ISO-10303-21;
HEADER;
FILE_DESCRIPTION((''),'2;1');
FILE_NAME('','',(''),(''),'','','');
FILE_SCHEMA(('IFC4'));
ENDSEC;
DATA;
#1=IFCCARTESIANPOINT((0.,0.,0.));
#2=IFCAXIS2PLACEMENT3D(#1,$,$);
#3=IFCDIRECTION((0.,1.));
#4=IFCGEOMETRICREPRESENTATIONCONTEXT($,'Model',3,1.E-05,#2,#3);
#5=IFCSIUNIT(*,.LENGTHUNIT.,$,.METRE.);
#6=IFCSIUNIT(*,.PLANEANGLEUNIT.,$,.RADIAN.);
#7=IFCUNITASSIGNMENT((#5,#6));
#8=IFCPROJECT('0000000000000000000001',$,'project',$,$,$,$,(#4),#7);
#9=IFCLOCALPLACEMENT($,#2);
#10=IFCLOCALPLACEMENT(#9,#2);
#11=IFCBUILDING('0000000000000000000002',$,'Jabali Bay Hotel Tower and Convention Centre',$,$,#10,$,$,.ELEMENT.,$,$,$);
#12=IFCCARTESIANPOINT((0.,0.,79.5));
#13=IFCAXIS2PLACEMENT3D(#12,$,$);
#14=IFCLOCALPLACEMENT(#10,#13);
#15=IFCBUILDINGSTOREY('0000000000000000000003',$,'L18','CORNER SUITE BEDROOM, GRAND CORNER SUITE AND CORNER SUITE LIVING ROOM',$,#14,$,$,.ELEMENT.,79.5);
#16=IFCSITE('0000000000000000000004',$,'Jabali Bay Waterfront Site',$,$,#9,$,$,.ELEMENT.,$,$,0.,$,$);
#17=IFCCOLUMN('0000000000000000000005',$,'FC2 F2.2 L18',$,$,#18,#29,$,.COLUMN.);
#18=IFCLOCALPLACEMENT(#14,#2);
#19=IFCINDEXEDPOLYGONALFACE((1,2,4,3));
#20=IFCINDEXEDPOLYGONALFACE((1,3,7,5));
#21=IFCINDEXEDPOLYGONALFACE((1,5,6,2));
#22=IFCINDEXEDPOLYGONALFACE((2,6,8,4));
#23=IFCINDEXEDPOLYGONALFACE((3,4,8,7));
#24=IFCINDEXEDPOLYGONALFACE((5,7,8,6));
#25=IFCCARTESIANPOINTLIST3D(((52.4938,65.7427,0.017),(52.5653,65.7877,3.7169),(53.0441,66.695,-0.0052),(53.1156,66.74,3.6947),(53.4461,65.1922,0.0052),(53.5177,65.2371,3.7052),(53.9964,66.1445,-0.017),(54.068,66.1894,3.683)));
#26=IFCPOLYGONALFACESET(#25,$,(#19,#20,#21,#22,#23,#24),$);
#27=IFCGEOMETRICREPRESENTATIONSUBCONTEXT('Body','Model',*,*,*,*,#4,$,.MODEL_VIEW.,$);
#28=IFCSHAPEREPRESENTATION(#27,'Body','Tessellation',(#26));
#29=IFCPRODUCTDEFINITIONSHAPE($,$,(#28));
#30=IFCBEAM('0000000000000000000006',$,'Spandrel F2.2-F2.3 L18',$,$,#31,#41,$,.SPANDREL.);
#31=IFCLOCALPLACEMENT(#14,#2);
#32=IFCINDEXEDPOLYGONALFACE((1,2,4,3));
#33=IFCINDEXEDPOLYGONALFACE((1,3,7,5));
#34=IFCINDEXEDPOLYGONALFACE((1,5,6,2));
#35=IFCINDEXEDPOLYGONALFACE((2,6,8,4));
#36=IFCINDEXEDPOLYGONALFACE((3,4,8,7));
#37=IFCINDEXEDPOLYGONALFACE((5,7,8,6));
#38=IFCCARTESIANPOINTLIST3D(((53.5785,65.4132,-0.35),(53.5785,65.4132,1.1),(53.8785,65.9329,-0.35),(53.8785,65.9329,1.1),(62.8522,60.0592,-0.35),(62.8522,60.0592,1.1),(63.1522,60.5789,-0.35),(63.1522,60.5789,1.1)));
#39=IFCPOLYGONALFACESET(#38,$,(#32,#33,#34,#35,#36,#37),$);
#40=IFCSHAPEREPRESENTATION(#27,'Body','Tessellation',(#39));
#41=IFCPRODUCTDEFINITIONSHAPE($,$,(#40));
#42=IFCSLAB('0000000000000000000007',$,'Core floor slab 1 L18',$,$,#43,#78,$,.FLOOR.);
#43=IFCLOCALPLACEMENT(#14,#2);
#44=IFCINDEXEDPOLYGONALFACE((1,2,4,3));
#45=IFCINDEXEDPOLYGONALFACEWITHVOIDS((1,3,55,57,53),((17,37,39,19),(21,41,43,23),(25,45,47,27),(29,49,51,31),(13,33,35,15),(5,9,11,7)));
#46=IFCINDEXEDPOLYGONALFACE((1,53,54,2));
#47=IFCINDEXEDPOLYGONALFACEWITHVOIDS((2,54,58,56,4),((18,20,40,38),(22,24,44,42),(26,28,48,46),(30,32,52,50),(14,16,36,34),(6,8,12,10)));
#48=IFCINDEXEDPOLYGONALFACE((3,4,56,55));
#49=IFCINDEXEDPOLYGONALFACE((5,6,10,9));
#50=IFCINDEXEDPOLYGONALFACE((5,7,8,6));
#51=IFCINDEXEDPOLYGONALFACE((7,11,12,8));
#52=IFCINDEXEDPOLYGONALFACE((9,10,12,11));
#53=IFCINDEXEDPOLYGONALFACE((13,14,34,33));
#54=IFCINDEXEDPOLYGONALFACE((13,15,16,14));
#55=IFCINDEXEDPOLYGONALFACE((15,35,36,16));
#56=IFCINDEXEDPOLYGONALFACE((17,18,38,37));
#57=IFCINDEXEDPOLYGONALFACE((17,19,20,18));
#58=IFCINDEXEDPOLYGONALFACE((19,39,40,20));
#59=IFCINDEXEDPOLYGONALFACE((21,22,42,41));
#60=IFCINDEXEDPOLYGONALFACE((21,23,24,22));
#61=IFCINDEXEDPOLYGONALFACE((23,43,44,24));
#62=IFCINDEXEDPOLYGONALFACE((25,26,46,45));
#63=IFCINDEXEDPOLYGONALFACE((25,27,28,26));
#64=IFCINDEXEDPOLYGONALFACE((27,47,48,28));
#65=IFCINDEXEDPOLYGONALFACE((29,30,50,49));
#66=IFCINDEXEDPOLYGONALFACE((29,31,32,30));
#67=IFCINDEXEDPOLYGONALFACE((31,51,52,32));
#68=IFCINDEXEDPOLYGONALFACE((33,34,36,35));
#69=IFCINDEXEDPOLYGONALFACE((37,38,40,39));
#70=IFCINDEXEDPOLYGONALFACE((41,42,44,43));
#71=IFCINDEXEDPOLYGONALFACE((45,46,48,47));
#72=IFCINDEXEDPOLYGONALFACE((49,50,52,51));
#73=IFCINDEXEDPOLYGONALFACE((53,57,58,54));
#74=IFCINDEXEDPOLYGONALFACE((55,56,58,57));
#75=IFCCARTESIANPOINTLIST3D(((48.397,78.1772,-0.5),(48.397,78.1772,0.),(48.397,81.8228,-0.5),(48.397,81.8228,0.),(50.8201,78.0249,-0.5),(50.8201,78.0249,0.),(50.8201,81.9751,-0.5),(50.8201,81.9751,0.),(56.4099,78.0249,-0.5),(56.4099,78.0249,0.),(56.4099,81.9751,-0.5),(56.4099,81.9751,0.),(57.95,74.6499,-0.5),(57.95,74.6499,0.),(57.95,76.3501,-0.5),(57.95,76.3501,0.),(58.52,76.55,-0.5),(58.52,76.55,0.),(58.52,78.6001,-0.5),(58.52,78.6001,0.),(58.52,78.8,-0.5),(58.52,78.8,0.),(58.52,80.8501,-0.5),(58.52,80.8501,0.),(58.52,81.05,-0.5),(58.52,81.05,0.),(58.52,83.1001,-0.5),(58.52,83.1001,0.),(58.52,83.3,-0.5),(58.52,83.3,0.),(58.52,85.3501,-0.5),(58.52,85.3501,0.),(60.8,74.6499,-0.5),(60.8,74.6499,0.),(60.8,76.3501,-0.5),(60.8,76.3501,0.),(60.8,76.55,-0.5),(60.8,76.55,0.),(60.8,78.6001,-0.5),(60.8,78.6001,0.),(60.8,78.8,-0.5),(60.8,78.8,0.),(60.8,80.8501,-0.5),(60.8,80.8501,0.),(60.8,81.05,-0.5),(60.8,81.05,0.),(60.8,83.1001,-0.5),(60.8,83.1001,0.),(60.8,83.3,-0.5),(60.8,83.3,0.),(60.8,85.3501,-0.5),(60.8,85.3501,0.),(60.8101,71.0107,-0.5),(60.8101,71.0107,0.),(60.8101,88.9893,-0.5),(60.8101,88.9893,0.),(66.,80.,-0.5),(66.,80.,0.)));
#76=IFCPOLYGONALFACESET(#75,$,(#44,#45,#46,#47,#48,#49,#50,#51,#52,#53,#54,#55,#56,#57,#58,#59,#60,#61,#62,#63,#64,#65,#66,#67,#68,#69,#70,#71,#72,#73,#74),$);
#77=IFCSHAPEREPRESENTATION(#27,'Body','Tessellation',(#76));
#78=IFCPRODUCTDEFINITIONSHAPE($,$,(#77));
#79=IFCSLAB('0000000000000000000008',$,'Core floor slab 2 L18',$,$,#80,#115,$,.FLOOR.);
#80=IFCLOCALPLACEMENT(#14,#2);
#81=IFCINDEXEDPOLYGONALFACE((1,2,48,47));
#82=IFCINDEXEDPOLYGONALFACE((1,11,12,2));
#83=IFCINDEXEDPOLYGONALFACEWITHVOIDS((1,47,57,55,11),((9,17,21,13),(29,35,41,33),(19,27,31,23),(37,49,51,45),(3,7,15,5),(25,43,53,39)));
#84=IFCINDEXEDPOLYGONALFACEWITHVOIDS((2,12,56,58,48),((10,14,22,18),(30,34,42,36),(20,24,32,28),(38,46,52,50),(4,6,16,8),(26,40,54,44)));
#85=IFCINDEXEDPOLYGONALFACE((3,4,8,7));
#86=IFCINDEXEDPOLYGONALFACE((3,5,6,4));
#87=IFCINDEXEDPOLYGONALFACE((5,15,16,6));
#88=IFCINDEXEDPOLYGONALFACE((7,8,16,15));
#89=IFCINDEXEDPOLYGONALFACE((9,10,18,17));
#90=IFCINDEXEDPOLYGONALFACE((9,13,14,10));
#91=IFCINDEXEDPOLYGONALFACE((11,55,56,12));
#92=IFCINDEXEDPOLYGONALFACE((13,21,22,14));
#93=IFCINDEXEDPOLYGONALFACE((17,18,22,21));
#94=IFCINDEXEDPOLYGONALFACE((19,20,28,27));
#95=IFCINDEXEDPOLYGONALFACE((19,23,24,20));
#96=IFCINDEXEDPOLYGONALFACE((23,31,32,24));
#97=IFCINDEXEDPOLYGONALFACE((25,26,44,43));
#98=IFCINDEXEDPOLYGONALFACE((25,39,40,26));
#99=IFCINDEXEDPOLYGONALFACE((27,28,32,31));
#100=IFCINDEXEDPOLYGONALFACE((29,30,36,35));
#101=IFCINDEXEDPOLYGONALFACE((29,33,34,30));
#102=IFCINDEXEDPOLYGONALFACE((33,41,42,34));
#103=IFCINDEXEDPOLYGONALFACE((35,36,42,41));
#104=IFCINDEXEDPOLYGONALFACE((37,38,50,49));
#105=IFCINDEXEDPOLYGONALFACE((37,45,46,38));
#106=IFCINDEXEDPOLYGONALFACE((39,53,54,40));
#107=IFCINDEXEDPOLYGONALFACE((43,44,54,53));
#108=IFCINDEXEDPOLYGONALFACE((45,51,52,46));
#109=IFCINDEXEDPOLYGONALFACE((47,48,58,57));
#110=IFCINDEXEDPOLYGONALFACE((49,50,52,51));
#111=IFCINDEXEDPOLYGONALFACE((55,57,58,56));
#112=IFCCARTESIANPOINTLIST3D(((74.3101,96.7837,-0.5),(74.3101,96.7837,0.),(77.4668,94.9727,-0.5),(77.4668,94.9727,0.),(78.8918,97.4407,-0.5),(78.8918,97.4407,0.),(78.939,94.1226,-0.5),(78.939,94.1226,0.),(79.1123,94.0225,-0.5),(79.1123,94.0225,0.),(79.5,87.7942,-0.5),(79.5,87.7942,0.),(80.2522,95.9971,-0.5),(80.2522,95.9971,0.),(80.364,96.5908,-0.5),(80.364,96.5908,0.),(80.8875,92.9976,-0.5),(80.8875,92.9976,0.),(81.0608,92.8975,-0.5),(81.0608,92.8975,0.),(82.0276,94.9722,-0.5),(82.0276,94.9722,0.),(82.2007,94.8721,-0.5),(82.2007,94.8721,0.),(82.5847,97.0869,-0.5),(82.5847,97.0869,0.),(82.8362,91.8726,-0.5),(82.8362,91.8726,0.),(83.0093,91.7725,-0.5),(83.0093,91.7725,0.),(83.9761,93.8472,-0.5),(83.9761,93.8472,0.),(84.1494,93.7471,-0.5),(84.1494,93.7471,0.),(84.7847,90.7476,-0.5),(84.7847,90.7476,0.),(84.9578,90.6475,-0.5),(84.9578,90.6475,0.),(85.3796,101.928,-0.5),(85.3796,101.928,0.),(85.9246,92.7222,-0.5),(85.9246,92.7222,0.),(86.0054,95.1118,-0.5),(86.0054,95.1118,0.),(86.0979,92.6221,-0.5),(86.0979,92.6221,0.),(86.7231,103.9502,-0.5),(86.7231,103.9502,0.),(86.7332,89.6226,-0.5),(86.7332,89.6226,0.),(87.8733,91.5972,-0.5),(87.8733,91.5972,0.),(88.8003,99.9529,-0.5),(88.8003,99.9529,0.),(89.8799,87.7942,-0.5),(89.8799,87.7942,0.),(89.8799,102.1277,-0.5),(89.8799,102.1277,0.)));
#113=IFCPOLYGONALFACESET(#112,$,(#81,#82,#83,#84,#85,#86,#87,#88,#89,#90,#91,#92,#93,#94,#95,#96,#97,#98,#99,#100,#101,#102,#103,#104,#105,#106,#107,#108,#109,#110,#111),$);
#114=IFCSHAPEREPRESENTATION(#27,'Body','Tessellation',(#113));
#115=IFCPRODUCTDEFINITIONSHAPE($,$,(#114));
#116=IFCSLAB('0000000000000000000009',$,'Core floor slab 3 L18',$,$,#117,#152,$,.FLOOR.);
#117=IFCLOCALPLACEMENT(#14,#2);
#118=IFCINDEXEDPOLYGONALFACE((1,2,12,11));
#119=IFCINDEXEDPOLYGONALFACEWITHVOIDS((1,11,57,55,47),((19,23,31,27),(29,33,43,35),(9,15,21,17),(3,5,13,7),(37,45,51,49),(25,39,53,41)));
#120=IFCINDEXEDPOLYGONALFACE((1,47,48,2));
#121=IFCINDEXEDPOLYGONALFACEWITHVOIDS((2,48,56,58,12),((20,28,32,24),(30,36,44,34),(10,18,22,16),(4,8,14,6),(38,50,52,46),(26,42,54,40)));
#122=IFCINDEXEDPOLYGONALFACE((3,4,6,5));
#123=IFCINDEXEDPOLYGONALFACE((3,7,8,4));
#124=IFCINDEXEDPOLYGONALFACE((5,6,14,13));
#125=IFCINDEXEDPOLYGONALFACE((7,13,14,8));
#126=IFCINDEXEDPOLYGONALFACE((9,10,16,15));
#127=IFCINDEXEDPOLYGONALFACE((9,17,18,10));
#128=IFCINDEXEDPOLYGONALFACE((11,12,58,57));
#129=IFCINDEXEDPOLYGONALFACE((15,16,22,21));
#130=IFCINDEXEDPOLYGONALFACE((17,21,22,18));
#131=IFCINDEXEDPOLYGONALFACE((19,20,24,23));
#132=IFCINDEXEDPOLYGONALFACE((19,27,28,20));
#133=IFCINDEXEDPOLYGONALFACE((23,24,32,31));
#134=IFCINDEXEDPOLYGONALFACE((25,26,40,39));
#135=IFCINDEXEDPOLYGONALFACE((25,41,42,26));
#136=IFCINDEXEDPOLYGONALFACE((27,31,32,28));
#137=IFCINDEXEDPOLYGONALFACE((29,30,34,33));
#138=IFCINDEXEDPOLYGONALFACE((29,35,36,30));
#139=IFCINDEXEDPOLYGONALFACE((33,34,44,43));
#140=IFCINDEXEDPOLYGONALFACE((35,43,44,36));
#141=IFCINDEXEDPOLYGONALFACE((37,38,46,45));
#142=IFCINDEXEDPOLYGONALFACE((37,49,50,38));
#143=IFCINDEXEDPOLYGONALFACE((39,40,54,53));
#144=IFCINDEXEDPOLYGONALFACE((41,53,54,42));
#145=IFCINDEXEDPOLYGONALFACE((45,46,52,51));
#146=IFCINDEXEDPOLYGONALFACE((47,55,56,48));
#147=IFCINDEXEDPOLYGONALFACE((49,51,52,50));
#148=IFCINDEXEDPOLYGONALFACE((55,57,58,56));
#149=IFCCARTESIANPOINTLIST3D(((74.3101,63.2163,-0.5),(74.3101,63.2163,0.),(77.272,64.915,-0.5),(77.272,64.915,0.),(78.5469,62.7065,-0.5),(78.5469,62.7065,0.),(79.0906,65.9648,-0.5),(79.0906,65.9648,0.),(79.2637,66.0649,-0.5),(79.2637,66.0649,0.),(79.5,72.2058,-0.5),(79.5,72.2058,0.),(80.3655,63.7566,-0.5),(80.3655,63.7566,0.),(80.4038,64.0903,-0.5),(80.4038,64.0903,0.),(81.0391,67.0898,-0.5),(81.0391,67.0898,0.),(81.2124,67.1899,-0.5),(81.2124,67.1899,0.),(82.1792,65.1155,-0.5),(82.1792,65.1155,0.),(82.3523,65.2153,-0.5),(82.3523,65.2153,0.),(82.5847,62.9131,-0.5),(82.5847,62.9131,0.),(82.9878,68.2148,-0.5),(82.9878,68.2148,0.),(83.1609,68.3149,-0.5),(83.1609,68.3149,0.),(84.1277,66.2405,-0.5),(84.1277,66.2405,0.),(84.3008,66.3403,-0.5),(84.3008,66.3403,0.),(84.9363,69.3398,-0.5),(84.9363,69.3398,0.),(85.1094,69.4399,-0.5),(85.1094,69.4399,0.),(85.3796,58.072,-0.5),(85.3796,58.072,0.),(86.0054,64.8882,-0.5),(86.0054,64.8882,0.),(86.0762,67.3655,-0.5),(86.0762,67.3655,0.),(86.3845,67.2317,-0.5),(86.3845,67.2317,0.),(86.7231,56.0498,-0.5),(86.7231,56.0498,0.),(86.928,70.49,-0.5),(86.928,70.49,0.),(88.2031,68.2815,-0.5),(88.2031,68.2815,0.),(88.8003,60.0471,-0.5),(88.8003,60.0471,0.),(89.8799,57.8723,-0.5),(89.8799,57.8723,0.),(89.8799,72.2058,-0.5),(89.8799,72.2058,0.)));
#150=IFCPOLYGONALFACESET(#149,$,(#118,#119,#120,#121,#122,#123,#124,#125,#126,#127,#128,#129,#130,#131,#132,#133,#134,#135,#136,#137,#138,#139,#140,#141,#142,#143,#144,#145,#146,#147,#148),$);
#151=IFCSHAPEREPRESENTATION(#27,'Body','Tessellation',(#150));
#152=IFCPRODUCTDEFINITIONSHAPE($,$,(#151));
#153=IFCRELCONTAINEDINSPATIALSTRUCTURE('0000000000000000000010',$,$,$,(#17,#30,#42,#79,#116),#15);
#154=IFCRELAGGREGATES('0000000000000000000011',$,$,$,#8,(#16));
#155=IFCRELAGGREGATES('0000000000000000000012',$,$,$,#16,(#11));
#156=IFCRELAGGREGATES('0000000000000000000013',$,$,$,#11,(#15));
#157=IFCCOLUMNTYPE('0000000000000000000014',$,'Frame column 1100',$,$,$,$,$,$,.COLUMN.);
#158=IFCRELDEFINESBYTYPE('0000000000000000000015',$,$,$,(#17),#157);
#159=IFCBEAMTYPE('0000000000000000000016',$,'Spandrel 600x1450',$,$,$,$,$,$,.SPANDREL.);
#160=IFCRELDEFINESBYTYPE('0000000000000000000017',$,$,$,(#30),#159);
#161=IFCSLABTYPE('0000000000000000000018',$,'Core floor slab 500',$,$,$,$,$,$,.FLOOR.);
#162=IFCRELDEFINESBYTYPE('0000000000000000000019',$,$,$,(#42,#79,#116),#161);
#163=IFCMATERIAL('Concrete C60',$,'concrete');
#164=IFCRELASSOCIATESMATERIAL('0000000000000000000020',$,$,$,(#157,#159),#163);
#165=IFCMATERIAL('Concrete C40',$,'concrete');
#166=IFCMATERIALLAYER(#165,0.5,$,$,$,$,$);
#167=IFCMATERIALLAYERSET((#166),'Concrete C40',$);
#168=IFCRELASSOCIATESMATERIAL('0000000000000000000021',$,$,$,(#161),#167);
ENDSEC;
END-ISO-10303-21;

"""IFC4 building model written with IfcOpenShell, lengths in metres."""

from ifc_helpers import new_model, si_unit, direction, frame, origin, origin_2d, place, context, subcontext, project, spatial, polyline, rectangle, outline, extrude, material, layer, layer_set, material_profile, profile_set, type_object, element, save


model = new_model("IFC4")

# Units and contexts
model_context = context("Model", 3, precision=1e-05, world=origin(), true_north=direction((0.0, 1.0)))
body_context = subcontext(model_context, "Body", "Model", "MODEL_VIEW")
ifc_project = project(units=[si_unit("LENGTHUNIT", "METRE"), si_unit("PLANEANGLEUNIT", "RADIAN")], contexts=[model_context])

# Site, building, storey
site_placement = place(None, origin())
site = spatial("IfcSite", under=ifc_project, at=site_placement, Name="Jabali Bay Waterfront Site", CompositionType="ELEMENT", RefElevation=0.0)
building_placement = place(site_placement, origin())
building = spatial("IfcBuilding", under=site, at=building_placement, Name="Jabali Bay Hotel Tower and Convention Centre", CompositionType="ELEMENT")
storey_placement = place(building_placement, frame((0.0, 0.0, 79.5)))
storey = spatial("IfcBuildingStorey", under=building, at=storey_placement, Name="L18", Description="CORNER SUITE BEDROOM, GRAND CORNER SUITE AND CORNER SUITE LIVING ROOM", CompositionType="ELEMENT", Elevation=79.5)

# Column
ifc_material_1 = material(Name="Concrete C60", Category="concrete")
ifc_material_profile_1 = material_profile(ifc_material_1, rectangle(XDim=1.1001, YDim=1.1001, at=origin_2d()), Name="Frame column 1100")
ifc_profile_set_1 = profile_set([ifc_material_profile_1], Name="Concrete C60")
column_type = type_object("IfcColumnType", Name="Frame column 1100", PredefinedType="COLUMN", material=ifc_profile_set_1)
column_placement = place(storey_placement, frame((53.2451, 65.9436, 0.0), z_axis=(0.019329, 0.012138, 0.99974), x_axis=(-0.865686, 0.500474, 0.01066)))
element("IfcColumn", 1, at=column_placement, inside=storey, type_object=column_type, Name="FC2 F2.2 L18", PredefinedType="COLUMN", context=body_context, shape_type="SweptSolid", body=[
    extrude(rectangle(XDim=1.1001, YDim=1.1001, at=origin_2d()), origin(), (0.0, 0.0, 1.0), 3.7009),
])

# Beam
ifc_material_profile_2 = material_profile(ifc_material_1, rectangle(XDim=0.6001, YDim=1.45, at=origin_2d()), Name="Spandrel 600x1450")
ifc_profile_set_2 = profile_set([ifc_material_profile_2], Name="Concrete C60")
beam_type = type_object("IfcBeamType", Name="Spandrel 600x1450", PredefinedType="SPANDREL", material=ifc_profile_set_2)
beam_placement = place(storey_placement, frame((53.7285, 65.6731, 0.375), z_axis=(0.866032, -0.499989, 0.0), x_axis=(0.499989, 0.866032, 0.0)))
element("IfcBeam", 2, at=beam_placement, inside=storey, type_object=beam_type, Name="Spandrel F2.2-F2.3 L18", PredefinedType="SPANDREL", context=body_context, shape_type="SweptSolid", body=[
    extrude(rectangle(XDim=0.6001, YDim=1.45, at=origin_2d()), origin(), (0.0, 0.0, 1.0), 10.7083),
])

# Slabs
ifc_material_2 = material(Name="Concrete C40", Category="concrete")
ifc_layer_1 = layer(ifc_material_2, 0.5)
ifc_layer_set_1 = layer_set([ifc_layer_1], Name="Concrete C40")
slab_type_1 = type_object("IfcSlabType", Name="Core floor slab 500", PredefinedType="FLOOR", material=ifc_layer_set_1)
slab_1_placement = place(storey_placement, frame((0.0, 0.0, -0.5)))
element("IfcSlab", 3, at=slab_1_placement, inside=storey, type_object=slab_type_1, Name="Core floor slab 1 L18", PredefinedType="FLOOR", context=body_context, shape_type="SweptSolid", body=[
    extrude(outline(polyline([(66.0, 80.0), (60.8101, 88.9893), (48.397, 81.8228), (48.397, 78.1772), (60.8101, 71.0107), (66.0, 80.0)]), holes=[polyline([(60.8, 74.6499), (60.8, 76.3501), (57.95, 76.3501), (57.95, 74.6499), (60.8, 74.6499)]), polyline([(58.52, 76.55), (60.8, 76.55), (60.8, 78.6001), (58.52, 78.6001), (58.52, 76.55)]), polyline([(58.52, 78.8), (60.8, 78.8), (60.8, 80.8501), (58.52, 80.8501), (58.52, 78.8)]), polyline([(56.4099, 81.9751), (50.8201, 81.9751), (50.8201, 78.0249), (56.4099, 78.0249), (56.4099, 81.9751)]), polyline([(58.52, 81.05), (60.8, 81.05), (60.8, 83.1001), (58.52, 83.1001), (58.52, 81.05)]), polyline([(58.52, 83.3), (60.8, 83.3), (60.8, 85.3501), (58.52, 85.3501), (58.52, 83.3)])]), origin(), (0.0, 0.0, 1.0), 0.5),
])
slab_2_placement = place(storey_placement, frame((0.0, 0.0, -0.5)))
element("IfcSlab", 4, at=slab_2_placement, inside=storey, type_object=slab_type_1, Name="Core floor slab 2 L18", PredefinedType="FLOOR", context=body_context, shape_type="SweptSolid", body=[
    extrude(outline(polyline([(79.5, 87.7942), (89.8799, 87.7942), (89.8799, 102.1277), (86.7231, 103.9502), (74.3101, 96.7837), (79.5, 87.7942)]), holes=[polyline([(84.9578, 90.6475), (86.7332, 89.6226), (87.8733, 91.5972), (86.0979, 92.6221), (84.9578, 90.6475)]), polyline([(84.1494, 93.7471), (83.0093, 91.7725), (84.7847, 90.7476), (85.9246, 92.7222), (84.1494, 93.7471)]), polyline([(82.2007, 94.8721), (81.0608, 92.8975), (82.8362, 91.8726), (83.9761, 93.8472), (82.2007, 94.8721)]), polyline([(79.1123, 94.0225), (80.8875, 92.9976), (82.0276, 94.9722), (80.2522, 95.9971), (79.1123, 94.0225)]), polyline([(78.8918, 97.4407), (77.4668, 94.9727), (78.939, 94.1226), (80.364, 96.5908), (78.8918, 97.4407)]), polyline([(82.5847, 97.0869), (86.0054, 95.1118), (88.8003, 99.9529), (85.3796, 101.928), (82.5847, 97.0869)])]), origin(), (0.0, 0.0, 1.0), 0.5),
])
slab_3_placement = place(storey_placement, frame((0.0, 0.0, -0.5)))
element("IfcSlab", 5, at=slab_3_placement, inside=storey, type_object=slab_type_1, Name="Core floor slab 3 L18", PredefinedType="FLOOR", context=body_context, shape_type="SweptSolid", body=[
    extrude(outline(polyline([(79.5, 72.2058), (74.3101, 63.2163), (86.7231, 56.0498), (89.8799, 57.8723), (89.8799, 72.2058), (79.5, 72.2058)]), holes=[polyline([(82.5847, 62.9131), (85.3796, 58.072), (88.8003, 60.0471), (86.0054, 64.8882), (82.5847, 62.9131)]), polyline([(80.3655, 63.7566), (79.0906, 65.9648), (77.272, 64.915), (78.5469, 62.7065), (80.3655, 63.7566)]), polyline([(82.1792, 65.1155), (81.0391, 67.0898), (79.2637, 66.0649), (80.4038, 64.0903), (82.1792, 65.1155)]), polyline([(82.9878, 68.2148), (81.2124, 67.1899), (82.3523, 65.2153), (84.1277, 66.2405), (82.9878, 68.2148)]), polyline([(86.0762, 67.3655), (84.9363, 69.3398), (83.1609, 68.3149), (84.3008, 66.3403), (86.0762, 67.3655)]), polyline([(88.2031, 68.2815), (86.928, 70.49), (85.1094, 69.4399), (86.3845, 67.2317), (88.2031, 68.2815)])]), origin(), (0.0, 0.0, 1.0), 0.5),
])

save(model, "model.ifc")
